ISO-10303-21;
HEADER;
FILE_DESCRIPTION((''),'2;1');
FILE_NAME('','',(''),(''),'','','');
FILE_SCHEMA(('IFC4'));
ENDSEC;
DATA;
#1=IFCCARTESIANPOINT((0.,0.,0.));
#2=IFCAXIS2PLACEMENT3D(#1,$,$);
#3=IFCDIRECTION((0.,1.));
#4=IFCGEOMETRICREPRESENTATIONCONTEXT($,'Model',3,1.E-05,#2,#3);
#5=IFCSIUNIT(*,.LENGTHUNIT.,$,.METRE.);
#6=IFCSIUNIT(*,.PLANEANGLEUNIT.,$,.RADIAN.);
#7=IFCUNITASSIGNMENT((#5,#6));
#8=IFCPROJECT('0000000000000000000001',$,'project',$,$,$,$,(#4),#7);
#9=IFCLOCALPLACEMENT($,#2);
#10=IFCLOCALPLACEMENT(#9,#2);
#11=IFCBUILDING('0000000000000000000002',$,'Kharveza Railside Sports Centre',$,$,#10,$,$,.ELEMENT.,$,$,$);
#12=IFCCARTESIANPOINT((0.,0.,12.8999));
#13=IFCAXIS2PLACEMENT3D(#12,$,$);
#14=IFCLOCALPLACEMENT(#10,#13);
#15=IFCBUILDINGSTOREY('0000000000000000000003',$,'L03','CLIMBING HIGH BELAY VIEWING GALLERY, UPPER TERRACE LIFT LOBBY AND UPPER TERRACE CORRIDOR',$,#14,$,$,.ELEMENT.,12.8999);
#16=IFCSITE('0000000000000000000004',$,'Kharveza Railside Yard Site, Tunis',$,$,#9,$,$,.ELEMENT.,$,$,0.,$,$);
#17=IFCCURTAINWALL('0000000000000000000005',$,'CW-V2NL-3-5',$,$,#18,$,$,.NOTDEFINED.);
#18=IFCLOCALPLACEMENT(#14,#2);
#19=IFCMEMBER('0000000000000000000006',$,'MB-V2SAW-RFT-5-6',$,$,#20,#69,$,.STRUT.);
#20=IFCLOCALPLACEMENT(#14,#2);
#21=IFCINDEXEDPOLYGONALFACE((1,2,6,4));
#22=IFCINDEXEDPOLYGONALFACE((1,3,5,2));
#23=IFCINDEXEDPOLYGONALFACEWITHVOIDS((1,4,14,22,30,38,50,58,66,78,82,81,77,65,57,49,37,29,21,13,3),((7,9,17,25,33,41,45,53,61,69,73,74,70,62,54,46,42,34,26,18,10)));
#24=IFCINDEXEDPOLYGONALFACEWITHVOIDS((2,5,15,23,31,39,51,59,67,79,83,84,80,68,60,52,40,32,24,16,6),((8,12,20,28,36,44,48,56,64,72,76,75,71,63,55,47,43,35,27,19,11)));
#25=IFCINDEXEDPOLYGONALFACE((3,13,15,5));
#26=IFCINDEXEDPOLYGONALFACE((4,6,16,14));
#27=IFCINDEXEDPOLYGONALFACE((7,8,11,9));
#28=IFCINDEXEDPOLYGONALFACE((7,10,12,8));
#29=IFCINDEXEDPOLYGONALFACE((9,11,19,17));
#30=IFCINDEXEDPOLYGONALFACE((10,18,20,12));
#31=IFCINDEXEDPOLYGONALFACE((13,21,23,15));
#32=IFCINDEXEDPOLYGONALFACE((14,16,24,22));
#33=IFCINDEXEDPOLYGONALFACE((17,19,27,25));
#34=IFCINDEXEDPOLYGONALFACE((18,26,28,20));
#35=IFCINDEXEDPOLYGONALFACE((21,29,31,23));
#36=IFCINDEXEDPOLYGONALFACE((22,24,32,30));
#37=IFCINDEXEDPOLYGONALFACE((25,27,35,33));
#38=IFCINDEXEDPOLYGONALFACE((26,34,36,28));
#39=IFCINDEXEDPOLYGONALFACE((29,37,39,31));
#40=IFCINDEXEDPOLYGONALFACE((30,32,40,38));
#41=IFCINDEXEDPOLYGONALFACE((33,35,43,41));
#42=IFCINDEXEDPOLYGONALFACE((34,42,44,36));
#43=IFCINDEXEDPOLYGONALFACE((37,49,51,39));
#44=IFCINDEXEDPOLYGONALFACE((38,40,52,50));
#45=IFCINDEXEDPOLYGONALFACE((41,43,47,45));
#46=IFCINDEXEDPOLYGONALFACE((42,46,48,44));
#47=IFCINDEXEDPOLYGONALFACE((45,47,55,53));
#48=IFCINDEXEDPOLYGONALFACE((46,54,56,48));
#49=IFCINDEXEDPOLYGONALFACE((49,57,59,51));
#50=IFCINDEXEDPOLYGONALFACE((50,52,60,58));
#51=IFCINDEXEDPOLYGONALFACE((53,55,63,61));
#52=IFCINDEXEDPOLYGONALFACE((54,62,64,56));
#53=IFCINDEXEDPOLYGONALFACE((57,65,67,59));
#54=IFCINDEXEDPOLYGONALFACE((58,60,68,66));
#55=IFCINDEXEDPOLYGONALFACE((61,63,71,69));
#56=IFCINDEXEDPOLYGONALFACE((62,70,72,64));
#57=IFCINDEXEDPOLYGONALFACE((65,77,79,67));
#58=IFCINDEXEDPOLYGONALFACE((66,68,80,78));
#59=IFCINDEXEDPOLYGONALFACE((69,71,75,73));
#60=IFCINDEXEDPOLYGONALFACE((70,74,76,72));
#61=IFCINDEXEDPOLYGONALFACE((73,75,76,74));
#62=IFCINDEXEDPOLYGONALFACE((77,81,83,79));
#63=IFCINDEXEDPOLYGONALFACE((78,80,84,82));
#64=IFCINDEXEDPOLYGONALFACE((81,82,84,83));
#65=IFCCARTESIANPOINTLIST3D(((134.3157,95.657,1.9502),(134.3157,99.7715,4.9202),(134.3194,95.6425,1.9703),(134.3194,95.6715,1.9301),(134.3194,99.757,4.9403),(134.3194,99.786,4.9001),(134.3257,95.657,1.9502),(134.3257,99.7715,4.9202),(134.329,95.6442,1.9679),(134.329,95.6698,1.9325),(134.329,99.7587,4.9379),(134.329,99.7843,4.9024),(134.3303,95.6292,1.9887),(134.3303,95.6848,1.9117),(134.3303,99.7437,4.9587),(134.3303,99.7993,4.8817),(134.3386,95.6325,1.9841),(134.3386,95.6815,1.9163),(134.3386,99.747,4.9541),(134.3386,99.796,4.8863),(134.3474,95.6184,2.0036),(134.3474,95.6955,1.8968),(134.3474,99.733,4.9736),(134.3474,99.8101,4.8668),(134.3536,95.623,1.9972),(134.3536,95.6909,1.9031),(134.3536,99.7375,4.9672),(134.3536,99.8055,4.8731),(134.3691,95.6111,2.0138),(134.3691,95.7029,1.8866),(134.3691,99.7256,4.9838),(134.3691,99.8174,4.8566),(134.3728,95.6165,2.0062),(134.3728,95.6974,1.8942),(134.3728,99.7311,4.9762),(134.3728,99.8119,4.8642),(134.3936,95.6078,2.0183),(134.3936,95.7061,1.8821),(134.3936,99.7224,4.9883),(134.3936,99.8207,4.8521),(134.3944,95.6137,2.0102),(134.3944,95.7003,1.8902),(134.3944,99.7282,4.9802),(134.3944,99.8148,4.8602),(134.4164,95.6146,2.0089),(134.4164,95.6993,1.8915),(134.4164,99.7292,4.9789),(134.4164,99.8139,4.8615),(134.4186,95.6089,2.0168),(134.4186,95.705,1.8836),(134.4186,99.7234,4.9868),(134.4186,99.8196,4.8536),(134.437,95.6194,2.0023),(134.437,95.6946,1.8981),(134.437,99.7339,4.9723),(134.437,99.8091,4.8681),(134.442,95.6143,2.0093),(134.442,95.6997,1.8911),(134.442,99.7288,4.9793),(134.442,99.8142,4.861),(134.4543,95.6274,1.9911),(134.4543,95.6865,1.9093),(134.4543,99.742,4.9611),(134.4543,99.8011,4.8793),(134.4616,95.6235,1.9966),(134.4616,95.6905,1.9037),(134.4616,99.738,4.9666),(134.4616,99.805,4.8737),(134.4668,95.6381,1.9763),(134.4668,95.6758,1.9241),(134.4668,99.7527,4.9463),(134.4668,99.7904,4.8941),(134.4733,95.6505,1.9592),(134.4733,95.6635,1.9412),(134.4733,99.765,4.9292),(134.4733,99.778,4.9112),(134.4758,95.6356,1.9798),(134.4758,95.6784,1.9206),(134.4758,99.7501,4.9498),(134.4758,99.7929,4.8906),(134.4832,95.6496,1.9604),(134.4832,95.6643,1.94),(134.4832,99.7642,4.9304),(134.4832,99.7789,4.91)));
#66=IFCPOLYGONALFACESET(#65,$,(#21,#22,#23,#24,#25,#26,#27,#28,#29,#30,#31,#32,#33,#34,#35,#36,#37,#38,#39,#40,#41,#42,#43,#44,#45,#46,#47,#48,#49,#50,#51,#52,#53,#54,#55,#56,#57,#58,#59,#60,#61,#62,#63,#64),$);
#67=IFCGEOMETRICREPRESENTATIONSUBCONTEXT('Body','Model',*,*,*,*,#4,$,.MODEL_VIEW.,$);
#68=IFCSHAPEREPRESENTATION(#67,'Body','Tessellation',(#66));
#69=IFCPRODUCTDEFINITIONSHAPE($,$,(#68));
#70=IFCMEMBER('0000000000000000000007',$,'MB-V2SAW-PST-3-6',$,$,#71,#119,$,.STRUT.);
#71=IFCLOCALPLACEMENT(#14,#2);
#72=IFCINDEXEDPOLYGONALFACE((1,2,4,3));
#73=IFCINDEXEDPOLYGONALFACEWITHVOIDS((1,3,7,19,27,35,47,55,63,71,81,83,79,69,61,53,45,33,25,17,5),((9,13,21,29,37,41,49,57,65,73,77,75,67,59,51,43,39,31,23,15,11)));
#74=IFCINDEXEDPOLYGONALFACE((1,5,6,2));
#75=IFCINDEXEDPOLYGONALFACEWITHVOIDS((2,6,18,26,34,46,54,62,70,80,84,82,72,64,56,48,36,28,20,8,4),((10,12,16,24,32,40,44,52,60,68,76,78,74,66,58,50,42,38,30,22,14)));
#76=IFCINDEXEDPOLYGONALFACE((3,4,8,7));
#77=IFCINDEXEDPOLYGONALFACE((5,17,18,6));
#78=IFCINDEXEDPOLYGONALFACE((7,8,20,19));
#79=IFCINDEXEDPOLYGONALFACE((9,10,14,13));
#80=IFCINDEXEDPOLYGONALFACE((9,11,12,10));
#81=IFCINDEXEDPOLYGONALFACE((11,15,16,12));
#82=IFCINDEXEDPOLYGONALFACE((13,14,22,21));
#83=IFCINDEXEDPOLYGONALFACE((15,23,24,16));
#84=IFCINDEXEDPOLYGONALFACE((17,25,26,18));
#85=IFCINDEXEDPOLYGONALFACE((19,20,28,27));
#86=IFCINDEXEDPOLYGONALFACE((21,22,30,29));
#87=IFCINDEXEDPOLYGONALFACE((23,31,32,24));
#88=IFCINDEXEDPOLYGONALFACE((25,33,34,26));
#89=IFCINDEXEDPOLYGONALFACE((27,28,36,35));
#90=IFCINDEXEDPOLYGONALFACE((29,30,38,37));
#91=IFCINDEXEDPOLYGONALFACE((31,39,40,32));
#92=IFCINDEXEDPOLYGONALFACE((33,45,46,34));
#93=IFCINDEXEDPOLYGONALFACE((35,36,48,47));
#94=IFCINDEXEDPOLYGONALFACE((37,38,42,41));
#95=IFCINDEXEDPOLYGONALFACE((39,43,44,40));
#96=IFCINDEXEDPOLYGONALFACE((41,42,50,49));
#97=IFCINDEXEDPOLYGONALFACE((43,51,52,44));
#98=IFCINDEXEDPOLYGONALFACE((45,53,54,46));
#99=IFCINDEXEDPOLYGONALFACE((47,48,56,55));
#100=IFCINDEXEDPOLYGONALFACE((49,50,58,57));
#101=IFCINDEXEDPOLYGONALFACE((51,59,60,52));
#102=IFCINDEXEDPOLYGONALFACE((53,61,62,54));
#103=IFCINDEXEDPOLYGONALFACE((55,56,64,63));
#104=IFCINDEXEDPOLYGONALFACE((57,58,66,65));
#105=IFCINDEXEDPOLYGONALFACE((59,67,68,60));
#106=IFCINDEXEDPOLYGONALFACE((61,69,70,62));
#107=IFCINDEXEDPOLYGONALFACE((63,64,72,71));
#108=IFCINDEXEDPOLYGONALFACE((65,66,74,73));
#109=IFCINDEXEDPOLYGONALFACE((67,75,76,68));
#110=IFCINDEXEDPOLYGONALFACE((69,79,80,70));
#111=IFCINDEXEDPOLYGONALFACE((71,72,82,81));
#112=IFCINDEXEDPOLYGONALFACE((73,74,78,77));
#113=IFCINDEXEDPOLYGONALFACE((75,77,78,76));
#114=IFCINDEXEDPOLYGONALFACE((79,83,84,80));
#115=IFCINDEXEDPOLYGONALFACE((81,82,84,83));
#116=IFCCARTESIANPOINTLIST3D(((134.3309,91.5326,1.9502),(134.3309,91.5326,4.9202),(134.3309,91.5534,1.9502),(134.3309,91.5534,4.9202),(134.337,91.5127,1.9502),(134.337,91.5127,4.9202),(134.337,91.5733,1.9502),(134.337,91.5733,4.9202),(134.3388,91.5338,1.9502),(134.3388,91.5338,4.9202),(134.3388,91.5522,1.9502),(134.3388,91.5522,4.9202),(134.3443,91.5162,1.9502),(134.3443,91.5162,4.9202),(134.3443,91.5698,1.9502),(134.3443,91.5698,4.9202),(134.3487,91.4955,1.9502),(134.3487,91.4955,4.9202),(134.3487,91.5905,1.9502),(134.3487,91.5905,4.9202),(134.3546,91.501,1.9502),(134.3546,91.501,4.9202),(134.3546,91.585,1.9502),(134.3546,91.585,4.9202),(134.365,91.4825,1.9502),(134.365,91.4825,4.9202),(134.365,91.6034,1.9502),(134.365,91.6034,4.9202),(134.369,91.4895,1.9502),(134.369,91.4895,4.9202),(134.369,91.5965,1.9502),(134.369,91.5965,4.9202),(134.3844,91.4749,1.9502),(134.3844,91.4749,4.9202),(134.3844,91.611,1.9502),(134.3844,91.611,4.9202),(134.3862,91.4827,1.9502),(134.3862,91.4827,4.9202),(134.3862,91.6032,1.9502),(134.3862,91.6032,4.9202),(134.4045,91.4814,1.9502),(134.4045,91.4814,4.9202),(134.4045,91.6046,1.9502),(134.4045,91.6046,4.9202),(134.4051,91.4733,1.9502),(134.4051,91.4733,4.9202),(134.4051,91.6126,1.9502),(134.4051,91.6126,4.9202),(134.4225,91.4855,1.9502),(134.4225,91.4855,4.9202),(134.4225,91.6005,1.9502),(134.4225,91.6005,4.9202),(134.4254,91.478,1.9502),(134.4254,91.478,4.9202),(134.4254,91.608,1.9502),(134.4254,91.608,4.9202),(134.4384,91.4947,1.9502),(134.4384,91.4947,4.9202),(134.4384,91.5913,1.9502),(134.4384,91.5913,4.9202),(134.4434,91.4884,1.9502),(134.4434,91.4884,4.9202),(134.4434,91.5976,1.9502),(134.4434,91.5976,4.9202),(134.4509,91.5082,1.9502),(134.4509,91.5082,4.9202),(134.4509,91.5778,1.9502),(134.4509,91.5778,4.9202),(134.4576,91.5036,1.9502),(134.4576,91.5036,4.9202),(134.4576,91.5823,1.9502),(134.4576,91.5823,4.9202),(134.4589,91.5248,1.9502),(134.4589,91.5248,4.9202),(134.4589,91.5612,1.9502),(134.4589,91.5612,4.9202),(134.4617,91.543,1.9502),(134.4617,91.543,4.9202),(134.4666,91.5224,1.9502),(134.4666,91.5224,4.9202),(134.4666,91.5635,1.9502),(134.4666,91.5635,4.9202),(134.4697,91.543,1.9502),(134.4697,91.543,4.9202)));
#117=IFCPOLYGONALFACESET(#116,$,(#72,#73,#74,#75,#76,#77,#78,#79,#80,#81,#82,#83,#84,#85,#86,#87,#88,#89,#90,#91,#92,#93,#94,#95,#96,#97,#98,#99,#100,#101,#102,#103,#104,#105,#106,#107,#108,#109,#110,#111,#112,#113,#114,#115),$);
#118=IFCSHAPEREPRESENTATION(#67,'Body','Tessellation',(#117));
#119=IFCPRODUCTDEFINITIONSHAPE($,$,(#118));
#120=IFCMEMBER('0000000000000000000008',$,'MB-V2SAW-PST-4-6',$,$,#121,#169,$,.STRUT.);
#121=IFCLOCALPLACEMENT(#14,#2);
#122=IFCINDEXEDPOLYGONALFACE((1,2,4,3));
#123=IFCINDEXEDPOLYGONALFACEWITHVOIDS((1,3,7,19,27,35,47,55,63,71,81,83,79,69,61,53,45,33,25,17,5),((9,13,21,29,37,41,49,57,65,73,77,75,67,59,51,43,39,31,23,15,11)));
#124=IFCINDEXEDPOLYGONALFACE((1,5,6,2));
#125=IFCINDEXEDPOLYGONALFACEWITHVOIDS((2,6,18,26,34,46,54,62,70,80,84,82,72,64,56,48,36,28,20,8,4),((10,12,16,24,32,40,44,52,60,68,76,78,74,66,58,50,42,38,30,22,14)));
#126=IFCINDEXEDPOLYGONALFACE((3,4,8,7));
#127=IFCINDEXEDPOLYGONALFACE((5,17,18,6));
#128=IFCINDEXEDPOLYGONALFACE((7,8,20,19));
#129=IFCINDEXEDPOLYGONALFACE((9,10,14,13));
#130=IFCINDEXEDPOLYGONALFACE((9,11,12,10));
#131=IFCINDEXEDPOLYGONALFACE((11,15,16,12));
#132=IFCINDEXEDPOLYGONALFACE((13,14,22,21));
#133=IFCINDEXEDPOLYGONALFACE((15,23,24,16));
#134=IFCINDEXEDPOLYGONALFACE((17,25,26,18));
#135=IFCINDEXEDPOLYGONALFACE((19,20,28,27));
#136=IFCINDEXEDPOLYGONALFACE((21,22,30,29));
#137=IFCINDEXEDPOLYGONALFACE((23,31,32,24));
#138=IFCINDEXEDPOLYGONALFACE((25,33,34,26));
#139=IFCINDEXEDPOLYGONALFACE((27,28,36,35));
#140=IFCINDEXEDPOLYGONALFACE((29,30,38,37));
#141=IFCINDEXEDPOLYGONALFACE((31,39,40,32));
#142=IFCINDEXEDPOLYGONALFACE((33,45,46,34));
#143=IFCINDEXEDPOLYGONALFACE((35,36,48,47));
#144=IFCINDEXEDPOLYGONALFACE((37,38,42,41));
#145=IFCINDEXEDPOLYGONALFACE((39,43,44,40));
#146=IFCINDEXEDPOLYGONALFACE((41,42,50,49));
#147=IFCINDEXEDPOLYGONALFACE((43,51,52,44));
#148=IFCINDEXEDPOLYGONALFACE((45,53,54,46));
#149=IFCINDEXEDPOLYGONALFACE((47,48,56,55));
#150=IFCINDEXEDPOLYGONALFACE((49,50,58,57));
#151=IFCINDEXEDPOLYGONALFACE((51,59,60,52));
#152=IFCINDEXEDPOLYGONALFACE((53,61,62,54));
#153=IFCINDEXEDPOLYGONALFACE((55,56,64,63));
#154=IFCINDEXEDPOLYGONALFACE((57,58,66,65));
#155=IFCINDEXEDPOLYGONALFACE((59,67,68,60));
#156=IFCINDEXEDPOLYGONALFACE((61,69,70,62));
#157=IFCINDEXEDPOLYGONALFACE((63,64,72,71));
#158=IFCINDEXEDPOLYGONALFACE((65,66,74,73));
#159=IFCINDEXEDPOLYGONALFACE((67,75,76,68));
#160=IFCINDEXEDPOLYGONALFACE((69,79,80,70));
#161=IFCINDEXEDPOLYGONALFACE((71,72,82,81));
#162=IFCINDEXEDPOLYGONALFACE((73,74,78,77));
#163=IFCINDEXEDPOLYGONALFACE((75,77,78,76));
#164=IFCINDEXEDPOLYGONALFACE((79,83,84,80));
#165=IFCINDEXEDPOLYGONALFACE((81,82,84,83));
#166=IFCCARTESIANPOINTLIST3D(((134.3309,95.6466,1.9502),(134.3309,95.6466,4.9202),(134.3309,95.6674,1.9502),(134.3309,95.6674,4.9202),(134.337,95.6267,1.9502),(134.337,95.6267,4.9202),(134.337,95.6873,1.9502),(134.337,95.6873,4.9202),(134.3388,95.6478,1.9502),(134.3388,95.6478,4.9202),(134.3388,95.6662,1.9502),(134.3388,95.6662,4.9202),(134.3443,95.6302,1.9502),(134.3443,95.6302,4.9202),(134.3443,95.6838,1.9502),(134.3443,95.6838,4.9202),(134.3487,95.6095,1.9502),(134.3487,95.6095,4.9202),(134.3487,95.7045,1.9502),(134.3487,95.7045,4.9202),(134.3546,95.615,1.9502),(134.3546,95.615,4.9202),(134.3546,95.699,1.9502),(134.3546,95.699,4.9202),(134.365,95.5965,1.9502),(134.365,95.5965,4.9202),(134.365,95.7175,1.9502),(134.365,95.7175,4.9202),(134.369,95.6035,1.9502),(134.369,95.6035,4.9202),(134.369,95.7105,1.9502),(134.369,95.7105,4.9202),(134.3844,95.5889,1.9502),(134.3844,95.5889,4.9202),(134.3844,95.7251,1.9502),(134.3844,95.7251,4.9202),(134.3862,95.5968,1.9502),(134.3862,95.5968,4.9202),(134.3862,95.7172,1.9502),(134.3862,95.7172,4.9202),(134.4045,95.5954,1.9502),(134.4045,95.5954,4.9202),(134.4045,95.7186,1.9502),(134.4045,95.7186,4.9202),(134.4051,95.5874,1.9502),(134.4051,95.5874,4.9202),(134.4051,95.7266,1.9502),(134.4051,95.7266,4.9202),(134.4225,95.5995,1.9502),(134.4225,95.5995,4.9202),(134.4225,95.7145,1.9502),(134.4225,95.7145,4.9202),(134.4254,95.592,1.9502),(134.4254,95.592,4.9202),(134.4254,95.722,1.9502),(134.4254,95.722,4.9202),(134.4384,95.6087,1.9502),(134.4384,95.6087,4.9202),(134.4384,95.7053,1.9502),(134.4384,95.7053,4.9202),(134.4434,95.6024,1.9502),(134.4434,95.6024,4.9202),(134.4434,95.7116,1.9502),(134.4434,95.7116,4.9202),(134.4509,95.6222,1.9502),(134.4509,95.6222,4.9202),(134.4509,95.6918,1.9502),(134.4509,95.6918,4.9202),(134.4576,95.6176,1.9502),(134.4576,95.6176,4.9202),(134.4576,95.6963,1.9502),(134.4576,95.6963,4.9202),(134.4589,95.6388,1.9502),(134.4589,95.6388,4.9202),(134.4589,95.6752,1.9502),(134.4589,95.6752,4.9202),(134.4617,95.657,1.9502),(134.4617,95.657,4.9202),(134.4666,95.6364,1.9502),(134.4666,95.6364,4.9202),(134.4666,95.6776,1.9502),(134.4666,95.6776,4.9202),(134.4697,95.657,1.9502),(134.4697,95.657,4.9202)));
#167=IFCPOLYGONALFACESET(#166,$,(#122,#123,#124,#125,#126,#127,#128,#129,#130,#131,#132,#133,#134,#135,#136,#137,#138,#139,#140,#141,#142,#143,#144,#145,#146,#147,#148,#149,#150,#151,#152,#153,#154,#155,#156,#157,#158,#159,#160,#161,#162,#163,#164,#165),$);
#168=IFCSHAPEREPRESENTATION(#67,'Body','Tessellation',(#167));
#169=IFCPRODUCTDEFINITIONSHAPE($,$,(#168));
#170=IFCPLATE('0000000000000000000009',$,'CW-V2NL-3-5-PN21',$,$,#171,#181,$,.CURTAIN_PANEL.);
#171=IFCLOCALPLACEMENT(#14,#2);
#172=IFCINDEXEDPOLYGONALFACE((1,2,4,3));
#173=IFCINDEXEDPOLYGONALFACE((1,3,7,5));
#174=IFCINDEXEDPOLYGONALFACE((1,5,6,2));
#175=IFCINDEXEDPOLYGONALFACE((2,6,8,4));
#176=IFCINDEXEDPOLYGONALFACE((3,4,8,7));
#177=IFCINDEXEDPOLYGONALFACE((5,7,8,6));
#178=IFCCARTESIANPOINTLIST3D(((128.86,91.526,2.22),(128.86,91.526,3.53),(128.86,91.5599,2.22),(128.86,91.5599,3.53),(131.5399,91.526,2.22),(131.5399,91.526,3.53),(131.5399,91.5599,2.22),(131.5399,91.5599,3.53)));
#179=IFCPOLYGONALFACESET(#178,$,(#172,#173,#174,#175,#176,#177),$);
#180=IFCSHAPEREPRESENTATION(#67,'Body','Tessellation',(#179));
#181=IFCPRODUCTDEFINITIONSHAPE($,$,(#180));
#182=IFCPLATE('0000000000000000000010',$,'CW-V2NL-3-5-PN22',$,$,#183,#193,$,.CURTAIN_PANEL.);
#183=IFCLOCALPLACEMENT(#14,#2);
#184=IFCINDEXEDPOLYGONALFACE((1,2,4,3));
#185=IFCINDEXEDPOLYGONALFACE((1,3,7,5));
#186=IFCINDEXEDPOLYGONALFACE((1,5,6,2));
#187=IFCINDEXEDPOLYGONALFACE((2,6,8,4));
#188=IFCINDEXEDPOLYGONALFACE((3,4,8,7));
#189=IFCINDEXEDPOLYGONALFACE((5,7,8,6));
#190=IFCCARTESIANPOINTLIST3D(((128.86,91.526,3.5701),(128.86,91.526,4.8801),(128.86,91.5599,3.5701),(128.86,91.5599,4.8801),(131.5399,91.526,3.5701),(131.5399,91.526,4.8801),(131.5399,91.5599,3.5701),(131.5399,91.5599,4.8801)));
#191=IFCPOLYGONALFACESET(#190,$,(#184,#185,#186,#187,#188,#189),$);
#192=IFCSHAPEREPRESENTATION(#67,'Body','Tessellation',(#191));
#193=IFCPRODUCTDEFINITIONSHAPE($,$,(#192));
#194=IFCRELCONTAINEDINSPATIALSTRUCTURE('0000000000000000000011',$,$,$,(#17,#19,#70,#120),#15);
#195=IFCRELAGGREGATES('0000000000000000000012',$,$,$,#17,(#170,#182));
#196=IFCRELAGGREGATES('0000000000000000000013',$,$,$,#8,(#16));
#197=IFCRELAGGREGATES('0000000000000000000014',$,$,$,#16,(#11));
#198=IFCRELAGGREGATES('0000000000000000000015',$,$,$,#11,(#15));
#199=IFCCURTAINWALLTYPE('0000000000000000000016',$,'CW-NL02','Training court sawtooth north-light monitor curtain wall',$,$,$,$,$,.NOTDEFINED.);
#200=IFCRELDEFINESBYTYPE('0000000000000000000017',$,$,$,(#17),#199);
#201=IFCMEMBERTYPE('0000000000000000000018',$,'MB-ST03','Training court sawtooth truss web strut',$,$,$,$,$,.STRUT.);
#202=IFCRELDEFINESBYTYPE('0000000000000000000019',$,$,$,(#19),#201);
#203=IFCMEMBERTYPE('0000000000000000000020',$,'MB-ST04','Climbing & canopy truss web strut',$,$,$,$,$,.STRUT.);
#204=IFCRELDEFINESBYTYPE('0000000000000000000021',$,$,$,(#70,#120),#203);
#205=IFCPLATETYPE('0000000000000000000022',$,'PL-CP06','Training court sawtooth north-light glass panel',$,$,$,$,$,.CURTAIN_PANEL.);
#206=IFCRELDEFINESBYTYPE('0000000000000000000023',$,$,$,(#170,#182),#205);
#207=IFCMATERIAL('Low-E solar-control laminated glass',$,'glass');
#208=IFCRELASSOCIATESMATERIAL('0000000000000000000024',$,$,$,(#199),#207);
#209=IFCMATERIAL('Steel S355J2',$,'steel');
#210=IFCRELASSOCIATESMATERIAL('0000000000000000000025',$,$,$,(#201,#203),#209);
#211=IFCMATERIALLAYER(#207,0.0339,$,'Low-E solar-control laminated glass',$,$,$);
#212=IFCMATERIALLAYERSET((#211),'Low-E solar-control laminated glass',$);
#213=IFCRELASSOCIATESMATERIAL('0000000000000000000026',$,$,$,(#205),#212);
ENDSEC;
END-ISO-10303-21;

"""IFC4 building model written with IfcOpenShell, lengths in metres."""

from ifc_helpers import new_model, si_unit, direction, frame, origin, origin_2d, place, context, subcontext, project, spatial, rectangle, hollow_circle, extrude, material, layer, layer_set, material_profile, profile_set, type_object, element, aggregate, save


model = new_model("IFC4")

# Units and contexts
model_context = context("Model", 3, precision=1e-05, world=origin(), true_north=direction((0.0, 1.0)))
body_context = subcontext(model_context, "Body", "Model", "MODEL_VIEW")
ifc_project = project(units=[si_unit("LENGTHUNIT", "METRE"), si_unit("PLANEANGLEUNIT", "RADIAN")], contexts=[model_context])

# Site, building, storey
site_placement = place(None, origin())
site = spatial("IfcSite", under=ifc_project, at=site_placement, Name="Kharveza Railside Yard Site, Tunis", CompositionType="ELEMENT", RefElevation=0.0)
building_placement = place(site_placement, origin())
building = spatial("IfcBuilding", under=site, at=building_placement, Name="Kharveza Railside Sports Centre", CompositionType="ELEMENT")
storey_placement = place(building_placement, frame((0.0, 0.0, 12.8999)))
storey = spatial("IfcBuildingStorey", under=building, at=storey_placement, Name="L03", Description="CLIMBING HIGH BELAY VIEWING GALLERY, UPPER TERRACE LIFT LOBBY AND UPPER TERRACE CORRIDOR", CompositionType="ELEMENT", Elevation=12.8999)

# Shared definitions
ifc_material_1 = material(Name="Steel S355J2", Category="steel")

# Curtain wall
ifc_material_2 = material(Name="Low-E solar-control laminated glass", Category="glass")
curtain_wall_type = type_object("IfcCurtainWallType", Name="CW-NL02", Description="Training court sawtooth north-light monitor curtain wall", PredefinedType="NOTDEFINED", material=ifc_material_2)
curtain_wall_1_placement = place(storey_placement, origin())
curtain_wall_1 = element("IfcCurtainWall", 1, at=curtain_wall_1_placement, inside=storey, type_object=curtain_wall_type, Name="CW-V2NL-3-5", PredefinedType="NOTDEFINED")

# Members
ifc_material_profile_1 = material_profile(ifc_material_1, hollow_circle(Radius=0.0842, WallThickness=0.01, at=origin_2d()), Name="CHS 168.3x10.0")
ifc_profile_set_1 = profile_set([ifc_material_profile_1], Name="Steel S355J2")
member_type_1 = type_object("IfcMemberType", Name="MB-ST03", Description="Training court sawtooth truss web strut", PredefinedType="STRUT", material=ifc_profile_set_1)
member_1_placement = place(storey_placement, frame((134.3999, 95.657, 1.9502), z_axis=(0.0, 0.81083, 0.585281), x_axis=(-1.0, 0.0, 0.0)))
element("IfcMember", 2, at=member_1_placement, inside=storey, type_object=member_type_1, Name="MB-V2SAW-RFT-5-6", PredefinedType="STRUT", context=body_context, shape_type="SweptSolid", body=[
    extrude(hollow_circle(Radius=0.0842, WallThickness=0.01, at=origin_2d()), origin(), (0.0, 0.0, 1.0), 5.0745),
])
ifc_material_profile_2 = material_profile(ifc_material_1, hollow_circle(Radius=0.0698, WallThickness=0.0081, at=origin_2d()), Name="CHS 139.7x8.0")
ifc_profile_set_2 = profile_set([ifc_material_profile_2], Name="Steel S355J2")
member_type_2 = type_object("IfcMemberType", Name="MB-ST04", Description="Climbing & canopy truss web strut", PredefinedType="STRUT", material=ifc_profile_set_2)
for number, where, z_axis, x_axis, name in (
    (3, (134.3999, 91.543, 1.9502), (0.0, 0.0, 1.0), (1.0, 0.0, 0.0), "MB-V2SAW-PST-3-6"),
    (4, (134.3999, 95.657, 1.9502), (0.0, 0.0, 1.0), (1.0, 0.0, 0.0), "MB-V2SAW-PST-4-6"),
):
    element("IfcMember", number, at=place(storey_placement, frame(where, z_axis=z_axis, x_axis=x_axis)), inside=storey, type_object=member_type_2, Name=name, PredefinedType="STRUT", context=body_context, shape_type="SweptSolid", body=[
        extrude(hollow_circle(Radius=0.0698, WallThickness=0.0081, at=origin_2d()), origin(), (0.0, 0.0, 1.0), 2.97),
    ])

# Plates
ifc_layer_1 = layer(ifc_material_2, 0.0339, Name="Low-E solar-control laminated glass")
ifc_layer_set_1 = layer_set([ifc_layer_1], Name="Low-E solar-control laminated glass")
plate_type = type_object("IfcPlateType", Name="PL-CP06", Description="Training court sawtooth north-light glass panel", PredefinedType="CURTAIN_PANEL", material=ifc_layer_set_1)
plate_1_placement = place(storey_placement, frame((130.2, 91.543, 2.22), z_axis=(0.0, 0.0, 1.0), x_axis=(1.0, 0.0, 0.0)))
plate_1 = element("IfcPlate", 5, at=plate_1_placement, type_object=plate_type, Name="CW-V2NL-3-5-PN21", PredefinedType="CURTAIN_PANEL", context=body_context, shape_type="SweptSolid", body=[
    extrude(rectangle(XDim=2.6799, YDim=0.0339, at=origin_2d()), origin(), (0.0, 0.0, 1.0), 1.3101),
])
plate_2_placement = place(storey_placement, frame((130.2, 91.543, 3.5701), z_axis=(0.0, 0.0, 1.0), x_axis=(1.0, 0.0, 0.0)))
plate_2 = element("IfcPlate", 6, at=plate_2_placement, type_object=plate_type, Name="CW-V2NL-3-5-PN22", PredefinedType="CURTAIN_PANEL", context=body_context, shape_type="SweptSolid", body=[
    extrude(rectangle(XDim=2.6799, YDim=0.0339, at=origin_2d()), origin(), (0.0, 0.0, 1.0), 1.3101),
])
aggregate(curtain_wall_1, [plate_1, plate_2])

save(model, "model.ifc")
